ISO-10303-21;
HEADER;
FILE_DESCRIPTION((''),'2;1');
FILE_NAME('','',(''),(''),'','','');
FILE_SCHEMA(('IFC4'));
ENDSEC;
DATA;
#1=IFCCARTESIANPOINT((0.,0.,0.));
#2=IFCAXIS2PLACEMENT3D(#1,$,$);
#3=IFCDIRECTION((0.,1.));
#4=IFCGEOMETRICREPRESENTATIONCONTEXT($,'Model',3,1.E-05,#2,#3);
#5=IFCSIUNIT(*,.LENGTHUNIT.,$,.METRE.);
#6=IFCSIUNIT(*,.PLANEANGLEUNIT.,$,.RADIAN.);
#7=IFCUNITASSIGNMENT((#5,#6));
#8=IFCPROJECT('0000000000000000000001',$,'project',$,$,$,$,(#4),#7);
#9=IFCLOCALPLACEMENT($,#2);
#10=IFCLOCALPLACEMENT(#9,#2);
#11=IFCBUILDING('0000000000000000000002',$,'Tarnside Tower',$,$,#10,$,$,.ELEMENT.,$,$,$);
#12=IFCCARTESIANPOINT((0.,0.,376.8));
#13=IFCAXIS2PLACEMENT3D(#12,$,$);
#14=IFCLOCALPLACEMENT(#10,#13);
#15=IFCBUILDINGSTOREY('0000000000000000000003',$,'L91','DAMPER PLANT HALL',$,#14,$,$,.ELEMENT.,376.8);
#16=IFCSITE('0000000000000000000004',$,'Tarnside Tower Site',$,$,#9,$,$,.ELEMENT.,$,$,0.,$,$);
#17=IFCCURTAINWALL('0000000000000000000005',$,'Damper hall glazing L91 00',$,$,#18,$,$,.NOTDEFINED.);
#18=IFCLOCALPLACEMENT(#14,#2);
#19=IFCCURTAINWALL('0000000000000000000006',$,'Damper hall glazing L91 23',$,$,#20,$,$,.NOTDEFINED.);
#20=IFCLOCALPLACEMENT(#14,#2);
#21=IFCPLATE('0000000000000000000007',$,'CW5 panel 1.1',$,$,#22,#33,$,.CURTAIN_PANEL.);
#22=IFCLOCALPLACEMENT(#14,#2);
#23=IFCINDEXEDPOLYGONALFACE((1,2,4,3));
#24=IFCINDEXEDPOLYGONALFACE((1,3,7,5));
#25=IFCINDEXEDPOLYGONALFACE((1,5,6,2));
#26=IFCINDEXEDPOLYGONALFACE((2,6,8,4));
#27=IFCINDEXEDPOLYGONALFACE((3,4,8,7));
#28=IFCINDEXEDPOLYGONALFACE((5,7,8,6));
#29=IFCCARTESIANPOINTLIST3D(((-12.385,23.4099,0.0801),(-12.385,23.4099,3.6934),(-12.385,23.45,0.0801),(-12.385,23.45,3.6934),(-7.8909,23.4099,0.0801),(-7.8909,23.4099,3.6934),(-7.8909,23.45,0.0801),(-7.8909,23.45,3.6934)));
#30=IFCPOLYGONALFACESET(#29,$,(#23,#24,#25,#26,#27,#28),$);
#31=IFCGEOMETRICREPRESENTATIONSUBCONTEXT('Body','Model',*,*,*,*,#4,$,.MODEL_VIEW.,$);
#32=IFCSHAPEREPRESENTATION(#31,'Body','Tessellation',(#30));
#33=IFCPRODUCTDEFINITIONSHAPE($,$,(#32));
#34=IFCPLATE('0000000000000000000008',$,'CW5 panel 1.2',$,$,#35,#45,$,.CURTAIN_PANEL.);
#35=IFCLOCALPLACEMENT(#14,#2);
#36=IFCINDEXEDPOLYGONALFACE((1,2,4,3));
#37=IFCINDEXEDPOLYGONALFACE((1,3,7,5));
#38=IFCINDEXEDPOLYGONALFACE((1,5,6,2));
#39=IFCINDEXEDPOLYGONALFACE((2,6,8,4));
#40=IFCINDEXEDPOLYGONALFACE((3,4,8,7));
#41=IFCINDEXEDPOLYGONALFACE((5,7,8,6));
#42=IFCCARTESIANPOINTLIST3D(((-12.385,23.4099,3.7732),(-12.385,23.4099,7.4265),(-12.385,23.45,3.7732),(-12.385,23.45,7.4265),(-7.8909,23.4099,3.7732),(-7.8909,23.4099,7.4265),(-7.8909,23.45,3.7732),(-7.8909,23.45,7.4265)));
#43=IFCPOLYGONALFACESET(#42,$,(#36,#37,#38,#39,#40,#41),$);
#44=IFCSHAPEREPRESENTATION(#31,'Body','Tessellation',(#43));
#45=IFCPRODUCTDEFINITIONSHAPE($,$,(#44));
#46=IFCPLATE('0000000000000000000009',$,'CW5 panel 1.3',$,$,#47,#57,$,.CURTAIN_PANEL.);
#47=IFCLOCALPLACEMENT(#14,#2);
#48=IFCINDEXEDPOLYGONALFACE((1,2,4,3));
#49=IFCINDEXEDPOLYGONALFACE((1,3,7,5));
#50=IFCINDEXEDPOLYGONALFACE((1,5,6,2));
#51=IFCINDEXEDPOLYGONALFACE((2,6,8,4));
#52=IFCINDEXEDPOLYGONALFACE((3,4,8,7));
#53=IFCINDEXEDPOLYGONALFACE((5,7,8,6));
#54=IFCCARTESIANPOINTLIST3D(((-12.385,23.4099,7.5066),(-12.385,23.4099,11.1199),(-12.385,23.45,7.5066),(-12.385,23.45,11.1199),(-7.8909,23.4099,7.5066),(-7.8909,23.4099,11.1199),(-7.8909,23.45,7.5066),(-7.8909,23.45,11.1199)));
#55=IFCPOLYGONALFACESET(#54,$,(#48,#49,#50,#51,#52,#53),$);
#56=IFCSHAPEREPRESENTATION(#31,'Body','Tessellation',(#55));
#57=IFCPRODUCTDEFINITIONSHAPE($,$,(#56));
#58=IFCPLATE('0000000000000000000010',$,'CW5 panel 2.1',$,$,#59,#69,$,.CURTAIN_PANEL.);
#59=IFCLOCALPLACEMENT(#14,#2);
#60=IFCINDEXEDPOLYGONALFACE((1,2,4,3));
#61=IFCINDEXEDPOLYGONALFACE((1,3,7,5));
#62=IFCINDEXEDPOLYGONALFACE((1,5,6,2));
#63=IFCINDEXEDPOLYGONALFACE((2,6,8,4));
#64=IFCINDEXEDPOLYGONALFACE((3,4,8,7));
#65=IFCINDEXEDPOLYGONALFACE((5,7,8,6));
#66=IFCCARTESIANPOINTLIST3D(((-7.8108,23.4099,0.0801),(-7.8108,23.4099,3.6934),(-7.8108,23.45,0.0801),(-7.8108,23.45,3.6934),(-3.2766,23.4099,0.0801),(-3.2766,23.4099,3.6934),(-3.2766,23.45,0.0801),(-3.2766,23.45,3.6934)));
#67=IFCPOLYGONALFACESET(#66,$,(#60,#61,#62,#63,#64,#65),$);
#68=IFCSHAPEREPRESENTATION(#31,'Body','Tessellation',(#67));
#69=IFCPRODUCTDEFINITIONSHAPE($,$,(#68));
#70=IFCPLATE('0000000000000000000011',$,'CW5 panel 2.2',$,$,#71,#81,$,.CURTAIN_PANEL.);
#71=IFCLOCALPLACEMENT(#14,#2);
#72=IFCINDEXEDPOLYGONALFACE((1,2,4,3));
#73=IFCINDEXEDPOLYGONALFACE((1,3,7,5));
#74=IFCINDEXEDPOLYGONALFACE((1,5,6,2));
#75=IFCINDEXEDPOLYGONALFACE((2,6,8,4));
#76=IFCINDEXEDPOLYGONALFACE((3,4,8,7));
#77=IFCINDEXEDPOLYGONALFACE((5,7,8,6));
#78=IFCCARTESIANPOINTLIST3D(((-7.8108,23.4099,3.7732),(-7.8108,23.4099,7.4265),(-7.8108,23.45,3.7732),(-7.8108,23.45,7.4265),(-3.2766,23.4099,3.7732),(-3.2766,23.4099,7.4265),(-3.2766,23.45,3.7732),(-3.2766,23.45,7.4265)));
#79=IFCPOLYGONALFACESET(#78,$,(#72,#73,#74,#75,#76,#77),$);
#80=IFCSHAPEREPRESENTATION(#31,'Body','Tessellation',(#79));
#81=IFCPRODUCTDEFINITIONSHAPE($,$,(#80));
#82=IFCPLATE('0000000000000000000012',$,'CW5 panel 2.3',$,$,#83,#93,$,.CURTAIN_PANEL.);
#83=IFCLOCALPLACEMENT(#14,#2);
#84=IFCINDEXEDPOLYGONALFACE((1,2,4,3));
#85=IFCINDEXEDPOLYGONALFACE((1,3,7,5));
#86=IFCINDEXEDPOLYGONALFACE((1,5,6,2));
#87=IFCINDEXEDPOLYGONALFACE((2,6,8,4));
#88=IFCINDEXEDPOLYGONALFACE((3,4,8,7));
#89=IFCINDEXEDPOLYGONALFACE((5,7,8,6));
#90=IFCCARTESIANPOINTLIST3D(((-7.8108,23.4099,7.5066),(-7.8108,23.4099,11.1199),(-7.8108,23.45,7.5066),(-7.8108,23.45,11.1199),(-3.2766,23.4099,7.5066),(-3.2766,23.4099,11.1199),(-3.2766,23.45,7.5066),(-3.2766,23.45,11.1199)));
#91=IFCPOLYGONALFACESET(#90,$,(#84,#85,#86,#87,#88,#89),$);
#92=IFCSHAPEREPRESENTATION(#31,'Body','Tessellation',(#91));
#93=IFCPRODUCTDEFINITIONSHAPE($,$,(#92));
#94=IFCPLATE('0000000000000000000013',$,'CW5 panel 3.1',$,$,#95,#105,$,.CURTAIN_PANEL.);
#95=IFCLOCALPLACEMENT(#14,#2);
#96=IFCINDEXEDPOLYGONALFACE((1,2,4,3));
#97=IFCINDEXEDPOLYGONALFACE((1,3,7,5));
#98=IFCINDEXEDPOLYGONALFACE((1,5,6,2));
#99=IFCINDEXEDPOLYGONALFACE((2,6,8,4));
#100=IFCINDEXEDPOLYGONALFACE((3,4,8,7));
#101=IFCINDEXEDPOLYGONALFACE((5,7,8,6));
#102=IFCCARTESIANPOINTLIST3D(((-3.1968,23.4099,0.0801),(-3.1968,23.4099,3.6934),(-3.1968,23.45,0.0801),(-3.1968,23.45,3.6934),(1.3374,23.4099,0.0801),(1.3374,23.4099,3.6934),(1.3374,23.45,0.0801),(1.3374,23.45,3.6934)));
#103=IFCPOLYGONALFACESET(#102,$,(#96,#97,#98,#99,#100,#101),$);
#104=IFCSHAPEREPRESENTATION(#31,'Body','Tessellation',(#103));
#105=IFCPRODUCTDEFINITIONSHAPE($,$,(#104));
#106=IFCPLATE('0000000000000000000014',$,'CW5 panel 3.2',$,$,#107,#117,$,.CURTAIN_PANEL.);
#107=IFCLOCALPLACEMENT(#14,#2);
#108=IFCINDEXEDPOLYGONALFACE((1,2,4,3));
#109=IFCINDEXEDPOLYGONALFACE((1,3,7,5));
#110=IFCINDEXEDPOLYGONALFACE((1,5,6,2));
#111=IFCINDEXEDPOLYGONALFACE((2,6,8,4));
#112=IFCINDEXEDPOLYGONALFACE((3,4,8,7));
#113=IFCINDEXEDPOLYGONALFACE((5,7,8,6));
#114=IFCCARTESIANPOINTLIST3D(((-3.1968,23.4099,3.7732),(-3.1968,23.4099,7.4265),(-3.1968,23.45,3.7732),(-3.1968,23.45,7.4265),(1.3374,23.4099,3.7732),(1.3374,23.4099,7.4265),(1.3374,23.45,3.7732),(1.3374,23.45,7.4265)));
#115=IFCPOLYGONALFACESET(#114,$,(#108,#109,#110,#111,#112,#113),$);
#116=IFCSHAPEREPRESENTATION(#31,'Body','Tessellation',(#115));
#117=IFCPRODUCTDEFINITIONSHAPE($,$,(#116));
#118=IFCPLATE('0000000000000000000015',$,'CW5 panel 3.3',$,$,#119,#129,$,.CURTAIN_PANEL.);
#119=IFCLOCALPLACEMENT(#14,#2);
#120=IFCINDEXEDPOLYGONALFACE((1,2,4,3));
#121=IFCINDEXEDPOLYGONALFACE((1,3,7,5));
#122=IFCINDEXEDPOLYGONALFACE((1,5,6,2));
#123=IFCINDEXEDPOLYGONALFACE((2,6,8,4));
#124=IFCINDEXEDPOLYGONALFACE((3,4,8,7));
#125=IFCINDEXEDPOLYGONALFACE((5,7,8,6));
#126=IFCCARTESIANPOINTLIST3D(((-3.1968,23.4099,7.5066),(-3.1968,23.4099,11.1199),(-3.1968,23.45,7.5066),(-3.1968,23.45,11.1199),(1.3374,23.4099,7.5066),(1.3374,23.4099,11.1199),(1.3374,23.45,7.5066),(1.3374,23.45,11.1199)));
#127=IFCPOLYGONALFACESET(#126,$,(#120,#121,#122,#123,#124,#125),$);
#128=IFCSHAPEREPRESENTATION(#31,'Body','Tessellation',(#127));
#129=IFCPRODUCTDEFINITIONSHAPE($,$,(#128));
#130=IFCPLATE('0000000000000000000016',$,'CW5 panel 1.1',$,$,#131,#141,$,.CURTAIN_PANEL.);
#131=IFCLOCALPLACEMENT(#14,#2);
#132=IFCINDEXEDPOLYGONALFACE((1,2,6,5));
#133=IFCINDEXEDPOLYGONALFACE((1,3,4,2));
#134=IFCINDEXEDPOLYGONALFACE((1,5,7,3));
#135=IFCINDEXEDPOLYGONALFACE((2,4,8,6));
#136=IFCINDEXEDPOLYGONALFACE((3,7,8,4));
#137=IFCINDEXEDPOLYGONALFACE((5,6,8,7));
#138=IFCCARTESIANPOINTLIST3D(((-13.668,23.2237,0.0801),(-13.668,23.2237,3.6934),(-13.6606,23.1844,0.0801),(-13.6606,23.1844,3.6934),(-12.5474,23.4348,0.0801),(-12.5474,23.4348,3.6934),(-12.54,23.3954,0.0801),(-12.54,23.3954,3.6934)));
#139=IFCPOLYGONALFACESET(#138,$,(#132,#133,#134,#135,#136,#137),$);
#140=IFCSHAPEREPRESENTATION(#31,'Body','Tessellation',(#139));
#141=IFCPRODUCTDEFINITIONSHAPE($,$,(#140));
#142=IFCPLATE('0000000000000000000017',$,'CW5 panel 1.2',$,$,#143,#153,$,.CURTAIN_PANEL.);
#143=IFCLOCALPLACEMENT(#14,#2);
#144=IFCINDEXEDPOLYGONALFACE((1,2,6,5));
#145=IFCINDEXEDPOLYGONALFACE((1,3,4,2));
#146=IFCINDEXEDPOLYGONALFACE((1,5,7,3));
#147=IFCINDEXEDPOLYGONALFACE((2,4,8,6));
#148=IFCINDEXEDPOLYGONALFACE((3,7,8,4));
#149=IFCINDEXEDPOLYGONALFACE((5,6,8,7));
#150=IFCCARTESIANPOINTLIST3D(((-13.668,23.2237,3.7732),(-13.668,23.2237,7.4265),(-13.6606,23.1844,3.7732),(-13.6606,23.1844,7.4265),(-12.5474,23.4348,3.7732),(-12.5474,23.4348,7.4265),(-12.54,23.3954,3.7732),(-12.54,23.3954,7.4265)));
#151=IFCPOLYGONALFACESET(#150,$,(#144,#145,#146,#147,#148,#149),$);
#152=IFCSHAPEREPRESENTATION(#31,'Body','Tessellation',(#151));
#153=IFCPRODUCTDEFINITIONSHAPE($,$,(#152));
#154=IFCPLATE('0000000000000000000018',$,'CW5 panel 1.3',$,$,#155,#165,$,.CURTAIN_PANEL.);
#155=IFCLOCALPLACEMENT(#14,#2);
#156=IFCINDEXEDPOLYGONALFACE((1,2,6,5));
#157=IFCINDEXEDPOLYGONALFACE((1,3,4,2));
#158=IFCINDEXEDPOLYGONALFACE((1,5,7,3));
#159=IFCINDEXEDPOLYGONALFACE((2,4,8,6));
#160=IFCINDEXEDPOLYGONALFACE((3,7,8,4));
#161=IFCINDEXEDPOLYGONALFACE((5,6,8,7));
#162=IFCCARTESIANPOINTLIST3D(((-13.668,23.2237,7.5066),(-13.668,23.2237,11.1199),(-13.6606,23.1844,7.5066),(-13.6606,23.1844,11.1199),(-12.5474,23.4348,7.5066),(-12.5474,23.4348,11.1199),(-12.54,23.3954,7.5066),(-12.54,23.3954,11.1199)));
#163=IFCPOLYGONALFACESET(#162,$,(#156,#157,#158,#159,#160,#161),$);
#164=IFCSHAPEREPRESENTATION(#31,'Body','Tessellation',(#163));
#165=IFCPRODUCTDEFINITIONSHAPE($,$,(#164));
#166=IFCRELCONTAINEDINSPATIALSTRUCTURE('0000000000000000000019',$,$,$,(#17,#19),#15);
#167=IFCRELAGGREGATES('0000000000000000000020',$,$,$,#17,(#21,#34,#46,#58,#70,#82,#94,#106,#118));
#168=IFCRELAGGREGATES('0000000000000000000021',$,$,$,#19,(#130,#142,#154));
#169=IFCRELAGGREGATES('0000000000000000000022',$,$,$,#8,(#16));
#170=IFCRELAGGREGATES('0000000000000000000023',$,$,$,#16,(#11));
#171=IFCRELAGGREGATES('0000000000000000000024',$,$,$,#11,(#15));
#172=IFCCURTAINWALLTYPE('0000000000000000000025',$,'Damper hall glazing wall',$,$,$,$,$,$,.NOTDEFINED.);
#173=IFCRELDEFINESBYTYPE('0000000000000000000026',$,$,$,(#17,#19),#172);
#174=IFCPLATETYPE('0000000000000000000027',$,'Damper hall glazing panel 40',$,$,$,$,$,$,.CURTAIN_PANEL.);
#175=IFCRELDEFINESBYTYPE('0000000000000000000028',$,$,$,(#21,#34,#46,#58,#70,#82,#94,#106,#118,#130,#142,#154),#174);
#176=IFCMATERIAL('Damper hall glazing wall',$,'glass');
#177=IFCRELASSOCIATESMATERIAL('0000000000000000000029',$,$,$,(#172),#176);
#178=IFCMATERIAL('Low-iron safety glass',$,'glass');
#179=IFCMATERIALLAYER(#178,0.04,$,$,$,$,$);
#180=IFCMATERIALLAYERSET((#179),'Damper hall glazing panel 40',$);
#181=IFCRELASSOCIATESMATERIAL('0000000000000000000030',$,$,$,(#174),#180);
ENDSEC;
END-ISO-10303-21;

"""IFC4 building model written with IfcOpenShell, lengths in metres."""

from ifc_helpers import new_model, si_unit, direction, frame, origin, origin_2d, place, context, subcontext, project, spatial, rectangle, extrude, material, layer, layer_set, type_object, element, aggregate, save


model = new_model("IFC4")

# Units and contexts
model_context = context("Model", 3, precision=1e-05, world=origin(), true_north=direction((0.0, 1.0)))
body_context = subcontext(model_context, "Body", "Model", "MODEL_VIEW")
ifc_project = project(units=[si_unit("LENGTHUNIT", "METRE"), si_unit("PLANEANGLEUNIT", "RADIAN")], contexts=[model_context])

# Site, building, storey
site_placement = place(None, origin())
site = spatial("IfcSite", under=ifc_project, at=site_placement, Name="Tarnside Tower Site", CompositionType="ELEMENT", RefElevation=0.0)
building_placement = place(site_placement, origin())
building = spatial("IfcBuilding", under=site, at=building_placement, Name="Tarnside Tower", CompositionType="ELEMENT")
storey_placement = place(building_placement, frame((0.0, 0.0, 376.8)))
storey = spatial("IfcBuildingStorey", under=building, at=storey_placement, Name="L91", Description="DAMPER PLANT HALL", CompositionType="ELEMENT", Elevation=376.8)

# Curtain wall
ifc_material_1 = material(Name="Damper hall glazing wall", Category="glass")
curtain_wall_type = type_object("IfcCurtainWallType", Name="Damper hall glazing wall", PredefinedType="NOTDEFINED", material=ifc_material_1)
curtain_wall_1_placement = place(storey_placement, origin())
curtain_wall_1 = element("IfcCurtainWall", 1, at=curtain_wall_1_placement, inside=storey, type_object=curtain_wall_type, Name="Damper hall glazing L91 00", PredefinedType="NOTDEFINED")

# Curtain wall
curtain_wall_2_placement = place(storey_placement, origin())
curtain_wall_2 = element("IfcCurtainWall", 2, at=curtain_wall_2_placement, inside=storey, type_object=curtain_wall_type, Name="Damper hall glazing L91 23", PredefinedType="NOTDEFINED")

# Plates
ifc_material_2 = material(Name="Low-iron safety glass", Category="glass")
ifc_layer = layer(ifc_material_2, 0.04)
ifc_layer_set = layer_set([ifc_layer], Name="Damper hall glazing panel 40")
plate_type = type_object("IfcPlateType", Name="Damper hall glazing panel 40", PredefinedType="CURTAIN_PANEL", material=ifc_layer_set)
plate_1_placement = place(storey_placement, frame((-10.1379, 23.4299, 0.0801), z_axis=(0.0, 0.0, 1.0), x_axis=(1.0, 0.0, 0.0)))
plate_1 = element("IfcPlate", 3, at=plate_1_placement, type_object=plate_type, Name="CW5 panel 1.1", PredefinedType="CURTAIN_PANEL", context=body_context, shape_type="SweptSolid", body=[
    extrude(rectangle(XDim=4.4941, YDim=0.04, at=origin_2d()), origin(), (0.0, 0.0, 1.0), 3.6133),
])
plate_2_placement = place(storey_placement, frame((-10.1379, 23.4299, 3.7732), z_axis=(0.0, 0.0, 1.0), x_axis=(1.0, 0.0, 0.0)))
plate_2 = element("IfcPlate", 4, at=plate_2_placement, type_object=plate_type, Name="CW5 panel 1.2", PredefinedType="CURTAIN_PANEL", context=body_context, shape_type="SweptSolid", body=[
    extrude(rectangle(XDim=4.4941, YDim=0.04, at=origin_2d()), origin(), (0.0, 0.0, 1.0), 3.6533),
])
plate_3_placement = place(storey_placement, frame((-10.1379, 23.4299, 7.5066), z_axis=(0.0, 0.0, 1.0), x_axis=(1.0, 0.0, 0.0)))
plate_3 = element("IfcPlate", 5, at=plate_3_placement, type_object=plate_type, Name="CW5 panel 1.3", PredefinedType="CURTAIN_PANEL", context=body_context, shape_type="SweptSolid", body=[
    extrude(rectangle(XDim=4.4941, YDim=0.04, at=origin_2d()), origin(), (0.0, 0.0, 1.0), 3.6133),
])
plate_4_placement = place(storey_placement, frame((-5.5437, 23.4299, 0.0801), z_axis=(0.0, 0.0, 1.0), x_axis=(1.0, 0.0, 0.0)))
plate_4 = element("IfcPlate", 6, at=plate_4_placement, type_object=plate_type, Name="CW5 panel 2.1", PredefinedType="CURTAIN_PANEL", context=body_context, shape_type="SweptSolid", body=[
    extrude(rectangle(XDim=4.5342, YDim=0.04, at=origin_2d()), origin(), (0.0, 0.0, 1.0), 3.6133),
])
plate_5_placement = place(storey_placement, frame((-5.5437, 23.4299, 3.7732), z_axis=(0.0, 0.0, 1.0), x_axis=(1.0, 0.0, 0.0)))
plate_5 = element("IfcPlate", 7, at=plate_5_placement, type_object=plate_type, Name="CW5 panel 2.2", PredefinedType="CURTAIN_PANEL", context=body_context, shape_type="SweptSolid", body=[
    extrude(rectangle(XDim=4.5342, YDim=0.04, at=origin_2d()), origin(), (0.0, 0.0, 1.0), 3.6533),
])
plate_6_placement = place(storey_placement, frame((-5.5437, 23.4299, 7.5066), z_axis=(0.0, 0.0, 1.0), x_axis=(1.0, 0.0, 0.0)))
plate_6 = element("IfcPlate", 8, at=plate_6_placement, type_object=plate_type, Name="CW5 panel 2.3", PredefinedType="CURTAIN_PANEL", context=body_context, shape_type="SweptSolid", body=[
    extrude(rectangle(XDim=4.5342, YDim=0.04, at=origin_2d()), origin(), (0.0, 0.0, 1.0), 3.6133),
])
plate_7_placement = place(storey_placement, frame((-0.9297, 23.4299, 0.0801), z_axis=(0.0, 0.0, 1.0), x_axis=(1.0, 0.0, 0.0)))
plate_7 = element("IfcPlate", 9, at=plate_7_placement, type_object=plate_type, Name="CW5 panel 3.1", PredefinedType="CURTAIN_PANEL", context=body_context, shape_type="SweptSolid", body=[
    extrude(rectangle(XDim=4.5342, YDim=0.04, at=origin_2d()), origin(), (0.0, 0.0, 1.0), 3.6133),
])
plate_8_placement = place(storey_placement, frame((-0.9297, 23.4299, 3.7732), z_axis=(0.0, 0.0, 1.0), x_axis=(1.0, 0.0, 0.0)))
plate_8 = element("IfcPlate", 10, at=plate_8_placement, type_object=plate_type, Name="CW5 panel 3.2", PredefinedType="CURTAIN_PANEL", context=body_context, shape_type="SweptSolid", body=[
    extrude(rectangle(XDim=4.5342, YDim=0.04, at=origin_2d()), origin(), (0.0, 0.0, 1.0), 3.6533),
])
plate_9_placement = place(storey_placement, frame((-0.9297, 23.4299, 7.5066), z_axis=(0.0, 0.0, 1.0), x_axis=(1.0, 0.0, 0.0)))
plate_9 = element("IfcPlate", 11, at=plate_9_placement, type_object=plate_type, Name="CW5 panel 3.3", PredefinedType="CURTAIN_PANEL", context=body_context, shape_type="SweptSolid", body=[
    extrude(rectangle(XDim=4.5342, YDim=0.04, at=origin_2d()), origin(), (0.0, 0.0, 1.0), 3.6133),
])
aggregate(curtain_wall_1, [plate_1, plate_2, plate_3, plate_4, plate_5, plate_6, plate_7, plate_8, plate_9])
plate_10_placement = place(storey_placement, frame((-13.104, 23.3096, 0.0801), z_axis=(0.0, 0.0, 1.0), x_axis=(0.982721, 0.185095, 0.0)))
plate_10 = element("IfcPlate", 12, at=plate_10_placement, type_object=plate_type, Name="CW5 panel 1.1", PredefinedType="CURTAIN_PANEL", context=body_context, shape_type="SweptSolid", body=[
    extrude(rectangle(XDim=1.1404, YDim=0.04, at=origin_2d()), origin(), (0.0, 0.0, 1.0), 3.6133),
])
plate_11_placement = place(storey_placement, frame((-13.104, 23.3096, 3.7732), z_axis=(0.0, 0.0, 1.0), x_axis=(0.982721, 0.185095, 0.0)))
plate_11 = element("IfcPlate", 13, at=plate_11_placement, type_object=plate_type, Name="CW5 panel 1.2", PredefinedType="CURTAIN_PANEL", context=body_context, shape_type="SweptSolid", body=[
    extrude(rectangle(XDim=1.1404, YDim=0.04, at=origin_2d()), origin(), (0.0, 0.0, 1.0), 3.6533),
])
plate_12_placement = place(storey_placement, frame((-13.104, 23.3096, 7.5066), z_axis=(0.0, 0.0, 1.0), x_axis=(0.982721, 0.185095, 0.0)))
plate_12 = element("IfcPlate", 14, at=plate_12_placement, type_object=plate_type, Name="CW5 panel 1.3", PredefinedType="CURTAIN_PANEL", context=body_context, shape_type="SweptSolid", body=[
    extrude(rectangle(XDim=1.1404, YDim=0.04, at=origin_2d()), origin(), (0.0, 0.0, 1.0), 3.6133),
])
aggregate(curtain_wall_2, [plate_10, plate_11, plate_12])

save(model, "model.ifc")
